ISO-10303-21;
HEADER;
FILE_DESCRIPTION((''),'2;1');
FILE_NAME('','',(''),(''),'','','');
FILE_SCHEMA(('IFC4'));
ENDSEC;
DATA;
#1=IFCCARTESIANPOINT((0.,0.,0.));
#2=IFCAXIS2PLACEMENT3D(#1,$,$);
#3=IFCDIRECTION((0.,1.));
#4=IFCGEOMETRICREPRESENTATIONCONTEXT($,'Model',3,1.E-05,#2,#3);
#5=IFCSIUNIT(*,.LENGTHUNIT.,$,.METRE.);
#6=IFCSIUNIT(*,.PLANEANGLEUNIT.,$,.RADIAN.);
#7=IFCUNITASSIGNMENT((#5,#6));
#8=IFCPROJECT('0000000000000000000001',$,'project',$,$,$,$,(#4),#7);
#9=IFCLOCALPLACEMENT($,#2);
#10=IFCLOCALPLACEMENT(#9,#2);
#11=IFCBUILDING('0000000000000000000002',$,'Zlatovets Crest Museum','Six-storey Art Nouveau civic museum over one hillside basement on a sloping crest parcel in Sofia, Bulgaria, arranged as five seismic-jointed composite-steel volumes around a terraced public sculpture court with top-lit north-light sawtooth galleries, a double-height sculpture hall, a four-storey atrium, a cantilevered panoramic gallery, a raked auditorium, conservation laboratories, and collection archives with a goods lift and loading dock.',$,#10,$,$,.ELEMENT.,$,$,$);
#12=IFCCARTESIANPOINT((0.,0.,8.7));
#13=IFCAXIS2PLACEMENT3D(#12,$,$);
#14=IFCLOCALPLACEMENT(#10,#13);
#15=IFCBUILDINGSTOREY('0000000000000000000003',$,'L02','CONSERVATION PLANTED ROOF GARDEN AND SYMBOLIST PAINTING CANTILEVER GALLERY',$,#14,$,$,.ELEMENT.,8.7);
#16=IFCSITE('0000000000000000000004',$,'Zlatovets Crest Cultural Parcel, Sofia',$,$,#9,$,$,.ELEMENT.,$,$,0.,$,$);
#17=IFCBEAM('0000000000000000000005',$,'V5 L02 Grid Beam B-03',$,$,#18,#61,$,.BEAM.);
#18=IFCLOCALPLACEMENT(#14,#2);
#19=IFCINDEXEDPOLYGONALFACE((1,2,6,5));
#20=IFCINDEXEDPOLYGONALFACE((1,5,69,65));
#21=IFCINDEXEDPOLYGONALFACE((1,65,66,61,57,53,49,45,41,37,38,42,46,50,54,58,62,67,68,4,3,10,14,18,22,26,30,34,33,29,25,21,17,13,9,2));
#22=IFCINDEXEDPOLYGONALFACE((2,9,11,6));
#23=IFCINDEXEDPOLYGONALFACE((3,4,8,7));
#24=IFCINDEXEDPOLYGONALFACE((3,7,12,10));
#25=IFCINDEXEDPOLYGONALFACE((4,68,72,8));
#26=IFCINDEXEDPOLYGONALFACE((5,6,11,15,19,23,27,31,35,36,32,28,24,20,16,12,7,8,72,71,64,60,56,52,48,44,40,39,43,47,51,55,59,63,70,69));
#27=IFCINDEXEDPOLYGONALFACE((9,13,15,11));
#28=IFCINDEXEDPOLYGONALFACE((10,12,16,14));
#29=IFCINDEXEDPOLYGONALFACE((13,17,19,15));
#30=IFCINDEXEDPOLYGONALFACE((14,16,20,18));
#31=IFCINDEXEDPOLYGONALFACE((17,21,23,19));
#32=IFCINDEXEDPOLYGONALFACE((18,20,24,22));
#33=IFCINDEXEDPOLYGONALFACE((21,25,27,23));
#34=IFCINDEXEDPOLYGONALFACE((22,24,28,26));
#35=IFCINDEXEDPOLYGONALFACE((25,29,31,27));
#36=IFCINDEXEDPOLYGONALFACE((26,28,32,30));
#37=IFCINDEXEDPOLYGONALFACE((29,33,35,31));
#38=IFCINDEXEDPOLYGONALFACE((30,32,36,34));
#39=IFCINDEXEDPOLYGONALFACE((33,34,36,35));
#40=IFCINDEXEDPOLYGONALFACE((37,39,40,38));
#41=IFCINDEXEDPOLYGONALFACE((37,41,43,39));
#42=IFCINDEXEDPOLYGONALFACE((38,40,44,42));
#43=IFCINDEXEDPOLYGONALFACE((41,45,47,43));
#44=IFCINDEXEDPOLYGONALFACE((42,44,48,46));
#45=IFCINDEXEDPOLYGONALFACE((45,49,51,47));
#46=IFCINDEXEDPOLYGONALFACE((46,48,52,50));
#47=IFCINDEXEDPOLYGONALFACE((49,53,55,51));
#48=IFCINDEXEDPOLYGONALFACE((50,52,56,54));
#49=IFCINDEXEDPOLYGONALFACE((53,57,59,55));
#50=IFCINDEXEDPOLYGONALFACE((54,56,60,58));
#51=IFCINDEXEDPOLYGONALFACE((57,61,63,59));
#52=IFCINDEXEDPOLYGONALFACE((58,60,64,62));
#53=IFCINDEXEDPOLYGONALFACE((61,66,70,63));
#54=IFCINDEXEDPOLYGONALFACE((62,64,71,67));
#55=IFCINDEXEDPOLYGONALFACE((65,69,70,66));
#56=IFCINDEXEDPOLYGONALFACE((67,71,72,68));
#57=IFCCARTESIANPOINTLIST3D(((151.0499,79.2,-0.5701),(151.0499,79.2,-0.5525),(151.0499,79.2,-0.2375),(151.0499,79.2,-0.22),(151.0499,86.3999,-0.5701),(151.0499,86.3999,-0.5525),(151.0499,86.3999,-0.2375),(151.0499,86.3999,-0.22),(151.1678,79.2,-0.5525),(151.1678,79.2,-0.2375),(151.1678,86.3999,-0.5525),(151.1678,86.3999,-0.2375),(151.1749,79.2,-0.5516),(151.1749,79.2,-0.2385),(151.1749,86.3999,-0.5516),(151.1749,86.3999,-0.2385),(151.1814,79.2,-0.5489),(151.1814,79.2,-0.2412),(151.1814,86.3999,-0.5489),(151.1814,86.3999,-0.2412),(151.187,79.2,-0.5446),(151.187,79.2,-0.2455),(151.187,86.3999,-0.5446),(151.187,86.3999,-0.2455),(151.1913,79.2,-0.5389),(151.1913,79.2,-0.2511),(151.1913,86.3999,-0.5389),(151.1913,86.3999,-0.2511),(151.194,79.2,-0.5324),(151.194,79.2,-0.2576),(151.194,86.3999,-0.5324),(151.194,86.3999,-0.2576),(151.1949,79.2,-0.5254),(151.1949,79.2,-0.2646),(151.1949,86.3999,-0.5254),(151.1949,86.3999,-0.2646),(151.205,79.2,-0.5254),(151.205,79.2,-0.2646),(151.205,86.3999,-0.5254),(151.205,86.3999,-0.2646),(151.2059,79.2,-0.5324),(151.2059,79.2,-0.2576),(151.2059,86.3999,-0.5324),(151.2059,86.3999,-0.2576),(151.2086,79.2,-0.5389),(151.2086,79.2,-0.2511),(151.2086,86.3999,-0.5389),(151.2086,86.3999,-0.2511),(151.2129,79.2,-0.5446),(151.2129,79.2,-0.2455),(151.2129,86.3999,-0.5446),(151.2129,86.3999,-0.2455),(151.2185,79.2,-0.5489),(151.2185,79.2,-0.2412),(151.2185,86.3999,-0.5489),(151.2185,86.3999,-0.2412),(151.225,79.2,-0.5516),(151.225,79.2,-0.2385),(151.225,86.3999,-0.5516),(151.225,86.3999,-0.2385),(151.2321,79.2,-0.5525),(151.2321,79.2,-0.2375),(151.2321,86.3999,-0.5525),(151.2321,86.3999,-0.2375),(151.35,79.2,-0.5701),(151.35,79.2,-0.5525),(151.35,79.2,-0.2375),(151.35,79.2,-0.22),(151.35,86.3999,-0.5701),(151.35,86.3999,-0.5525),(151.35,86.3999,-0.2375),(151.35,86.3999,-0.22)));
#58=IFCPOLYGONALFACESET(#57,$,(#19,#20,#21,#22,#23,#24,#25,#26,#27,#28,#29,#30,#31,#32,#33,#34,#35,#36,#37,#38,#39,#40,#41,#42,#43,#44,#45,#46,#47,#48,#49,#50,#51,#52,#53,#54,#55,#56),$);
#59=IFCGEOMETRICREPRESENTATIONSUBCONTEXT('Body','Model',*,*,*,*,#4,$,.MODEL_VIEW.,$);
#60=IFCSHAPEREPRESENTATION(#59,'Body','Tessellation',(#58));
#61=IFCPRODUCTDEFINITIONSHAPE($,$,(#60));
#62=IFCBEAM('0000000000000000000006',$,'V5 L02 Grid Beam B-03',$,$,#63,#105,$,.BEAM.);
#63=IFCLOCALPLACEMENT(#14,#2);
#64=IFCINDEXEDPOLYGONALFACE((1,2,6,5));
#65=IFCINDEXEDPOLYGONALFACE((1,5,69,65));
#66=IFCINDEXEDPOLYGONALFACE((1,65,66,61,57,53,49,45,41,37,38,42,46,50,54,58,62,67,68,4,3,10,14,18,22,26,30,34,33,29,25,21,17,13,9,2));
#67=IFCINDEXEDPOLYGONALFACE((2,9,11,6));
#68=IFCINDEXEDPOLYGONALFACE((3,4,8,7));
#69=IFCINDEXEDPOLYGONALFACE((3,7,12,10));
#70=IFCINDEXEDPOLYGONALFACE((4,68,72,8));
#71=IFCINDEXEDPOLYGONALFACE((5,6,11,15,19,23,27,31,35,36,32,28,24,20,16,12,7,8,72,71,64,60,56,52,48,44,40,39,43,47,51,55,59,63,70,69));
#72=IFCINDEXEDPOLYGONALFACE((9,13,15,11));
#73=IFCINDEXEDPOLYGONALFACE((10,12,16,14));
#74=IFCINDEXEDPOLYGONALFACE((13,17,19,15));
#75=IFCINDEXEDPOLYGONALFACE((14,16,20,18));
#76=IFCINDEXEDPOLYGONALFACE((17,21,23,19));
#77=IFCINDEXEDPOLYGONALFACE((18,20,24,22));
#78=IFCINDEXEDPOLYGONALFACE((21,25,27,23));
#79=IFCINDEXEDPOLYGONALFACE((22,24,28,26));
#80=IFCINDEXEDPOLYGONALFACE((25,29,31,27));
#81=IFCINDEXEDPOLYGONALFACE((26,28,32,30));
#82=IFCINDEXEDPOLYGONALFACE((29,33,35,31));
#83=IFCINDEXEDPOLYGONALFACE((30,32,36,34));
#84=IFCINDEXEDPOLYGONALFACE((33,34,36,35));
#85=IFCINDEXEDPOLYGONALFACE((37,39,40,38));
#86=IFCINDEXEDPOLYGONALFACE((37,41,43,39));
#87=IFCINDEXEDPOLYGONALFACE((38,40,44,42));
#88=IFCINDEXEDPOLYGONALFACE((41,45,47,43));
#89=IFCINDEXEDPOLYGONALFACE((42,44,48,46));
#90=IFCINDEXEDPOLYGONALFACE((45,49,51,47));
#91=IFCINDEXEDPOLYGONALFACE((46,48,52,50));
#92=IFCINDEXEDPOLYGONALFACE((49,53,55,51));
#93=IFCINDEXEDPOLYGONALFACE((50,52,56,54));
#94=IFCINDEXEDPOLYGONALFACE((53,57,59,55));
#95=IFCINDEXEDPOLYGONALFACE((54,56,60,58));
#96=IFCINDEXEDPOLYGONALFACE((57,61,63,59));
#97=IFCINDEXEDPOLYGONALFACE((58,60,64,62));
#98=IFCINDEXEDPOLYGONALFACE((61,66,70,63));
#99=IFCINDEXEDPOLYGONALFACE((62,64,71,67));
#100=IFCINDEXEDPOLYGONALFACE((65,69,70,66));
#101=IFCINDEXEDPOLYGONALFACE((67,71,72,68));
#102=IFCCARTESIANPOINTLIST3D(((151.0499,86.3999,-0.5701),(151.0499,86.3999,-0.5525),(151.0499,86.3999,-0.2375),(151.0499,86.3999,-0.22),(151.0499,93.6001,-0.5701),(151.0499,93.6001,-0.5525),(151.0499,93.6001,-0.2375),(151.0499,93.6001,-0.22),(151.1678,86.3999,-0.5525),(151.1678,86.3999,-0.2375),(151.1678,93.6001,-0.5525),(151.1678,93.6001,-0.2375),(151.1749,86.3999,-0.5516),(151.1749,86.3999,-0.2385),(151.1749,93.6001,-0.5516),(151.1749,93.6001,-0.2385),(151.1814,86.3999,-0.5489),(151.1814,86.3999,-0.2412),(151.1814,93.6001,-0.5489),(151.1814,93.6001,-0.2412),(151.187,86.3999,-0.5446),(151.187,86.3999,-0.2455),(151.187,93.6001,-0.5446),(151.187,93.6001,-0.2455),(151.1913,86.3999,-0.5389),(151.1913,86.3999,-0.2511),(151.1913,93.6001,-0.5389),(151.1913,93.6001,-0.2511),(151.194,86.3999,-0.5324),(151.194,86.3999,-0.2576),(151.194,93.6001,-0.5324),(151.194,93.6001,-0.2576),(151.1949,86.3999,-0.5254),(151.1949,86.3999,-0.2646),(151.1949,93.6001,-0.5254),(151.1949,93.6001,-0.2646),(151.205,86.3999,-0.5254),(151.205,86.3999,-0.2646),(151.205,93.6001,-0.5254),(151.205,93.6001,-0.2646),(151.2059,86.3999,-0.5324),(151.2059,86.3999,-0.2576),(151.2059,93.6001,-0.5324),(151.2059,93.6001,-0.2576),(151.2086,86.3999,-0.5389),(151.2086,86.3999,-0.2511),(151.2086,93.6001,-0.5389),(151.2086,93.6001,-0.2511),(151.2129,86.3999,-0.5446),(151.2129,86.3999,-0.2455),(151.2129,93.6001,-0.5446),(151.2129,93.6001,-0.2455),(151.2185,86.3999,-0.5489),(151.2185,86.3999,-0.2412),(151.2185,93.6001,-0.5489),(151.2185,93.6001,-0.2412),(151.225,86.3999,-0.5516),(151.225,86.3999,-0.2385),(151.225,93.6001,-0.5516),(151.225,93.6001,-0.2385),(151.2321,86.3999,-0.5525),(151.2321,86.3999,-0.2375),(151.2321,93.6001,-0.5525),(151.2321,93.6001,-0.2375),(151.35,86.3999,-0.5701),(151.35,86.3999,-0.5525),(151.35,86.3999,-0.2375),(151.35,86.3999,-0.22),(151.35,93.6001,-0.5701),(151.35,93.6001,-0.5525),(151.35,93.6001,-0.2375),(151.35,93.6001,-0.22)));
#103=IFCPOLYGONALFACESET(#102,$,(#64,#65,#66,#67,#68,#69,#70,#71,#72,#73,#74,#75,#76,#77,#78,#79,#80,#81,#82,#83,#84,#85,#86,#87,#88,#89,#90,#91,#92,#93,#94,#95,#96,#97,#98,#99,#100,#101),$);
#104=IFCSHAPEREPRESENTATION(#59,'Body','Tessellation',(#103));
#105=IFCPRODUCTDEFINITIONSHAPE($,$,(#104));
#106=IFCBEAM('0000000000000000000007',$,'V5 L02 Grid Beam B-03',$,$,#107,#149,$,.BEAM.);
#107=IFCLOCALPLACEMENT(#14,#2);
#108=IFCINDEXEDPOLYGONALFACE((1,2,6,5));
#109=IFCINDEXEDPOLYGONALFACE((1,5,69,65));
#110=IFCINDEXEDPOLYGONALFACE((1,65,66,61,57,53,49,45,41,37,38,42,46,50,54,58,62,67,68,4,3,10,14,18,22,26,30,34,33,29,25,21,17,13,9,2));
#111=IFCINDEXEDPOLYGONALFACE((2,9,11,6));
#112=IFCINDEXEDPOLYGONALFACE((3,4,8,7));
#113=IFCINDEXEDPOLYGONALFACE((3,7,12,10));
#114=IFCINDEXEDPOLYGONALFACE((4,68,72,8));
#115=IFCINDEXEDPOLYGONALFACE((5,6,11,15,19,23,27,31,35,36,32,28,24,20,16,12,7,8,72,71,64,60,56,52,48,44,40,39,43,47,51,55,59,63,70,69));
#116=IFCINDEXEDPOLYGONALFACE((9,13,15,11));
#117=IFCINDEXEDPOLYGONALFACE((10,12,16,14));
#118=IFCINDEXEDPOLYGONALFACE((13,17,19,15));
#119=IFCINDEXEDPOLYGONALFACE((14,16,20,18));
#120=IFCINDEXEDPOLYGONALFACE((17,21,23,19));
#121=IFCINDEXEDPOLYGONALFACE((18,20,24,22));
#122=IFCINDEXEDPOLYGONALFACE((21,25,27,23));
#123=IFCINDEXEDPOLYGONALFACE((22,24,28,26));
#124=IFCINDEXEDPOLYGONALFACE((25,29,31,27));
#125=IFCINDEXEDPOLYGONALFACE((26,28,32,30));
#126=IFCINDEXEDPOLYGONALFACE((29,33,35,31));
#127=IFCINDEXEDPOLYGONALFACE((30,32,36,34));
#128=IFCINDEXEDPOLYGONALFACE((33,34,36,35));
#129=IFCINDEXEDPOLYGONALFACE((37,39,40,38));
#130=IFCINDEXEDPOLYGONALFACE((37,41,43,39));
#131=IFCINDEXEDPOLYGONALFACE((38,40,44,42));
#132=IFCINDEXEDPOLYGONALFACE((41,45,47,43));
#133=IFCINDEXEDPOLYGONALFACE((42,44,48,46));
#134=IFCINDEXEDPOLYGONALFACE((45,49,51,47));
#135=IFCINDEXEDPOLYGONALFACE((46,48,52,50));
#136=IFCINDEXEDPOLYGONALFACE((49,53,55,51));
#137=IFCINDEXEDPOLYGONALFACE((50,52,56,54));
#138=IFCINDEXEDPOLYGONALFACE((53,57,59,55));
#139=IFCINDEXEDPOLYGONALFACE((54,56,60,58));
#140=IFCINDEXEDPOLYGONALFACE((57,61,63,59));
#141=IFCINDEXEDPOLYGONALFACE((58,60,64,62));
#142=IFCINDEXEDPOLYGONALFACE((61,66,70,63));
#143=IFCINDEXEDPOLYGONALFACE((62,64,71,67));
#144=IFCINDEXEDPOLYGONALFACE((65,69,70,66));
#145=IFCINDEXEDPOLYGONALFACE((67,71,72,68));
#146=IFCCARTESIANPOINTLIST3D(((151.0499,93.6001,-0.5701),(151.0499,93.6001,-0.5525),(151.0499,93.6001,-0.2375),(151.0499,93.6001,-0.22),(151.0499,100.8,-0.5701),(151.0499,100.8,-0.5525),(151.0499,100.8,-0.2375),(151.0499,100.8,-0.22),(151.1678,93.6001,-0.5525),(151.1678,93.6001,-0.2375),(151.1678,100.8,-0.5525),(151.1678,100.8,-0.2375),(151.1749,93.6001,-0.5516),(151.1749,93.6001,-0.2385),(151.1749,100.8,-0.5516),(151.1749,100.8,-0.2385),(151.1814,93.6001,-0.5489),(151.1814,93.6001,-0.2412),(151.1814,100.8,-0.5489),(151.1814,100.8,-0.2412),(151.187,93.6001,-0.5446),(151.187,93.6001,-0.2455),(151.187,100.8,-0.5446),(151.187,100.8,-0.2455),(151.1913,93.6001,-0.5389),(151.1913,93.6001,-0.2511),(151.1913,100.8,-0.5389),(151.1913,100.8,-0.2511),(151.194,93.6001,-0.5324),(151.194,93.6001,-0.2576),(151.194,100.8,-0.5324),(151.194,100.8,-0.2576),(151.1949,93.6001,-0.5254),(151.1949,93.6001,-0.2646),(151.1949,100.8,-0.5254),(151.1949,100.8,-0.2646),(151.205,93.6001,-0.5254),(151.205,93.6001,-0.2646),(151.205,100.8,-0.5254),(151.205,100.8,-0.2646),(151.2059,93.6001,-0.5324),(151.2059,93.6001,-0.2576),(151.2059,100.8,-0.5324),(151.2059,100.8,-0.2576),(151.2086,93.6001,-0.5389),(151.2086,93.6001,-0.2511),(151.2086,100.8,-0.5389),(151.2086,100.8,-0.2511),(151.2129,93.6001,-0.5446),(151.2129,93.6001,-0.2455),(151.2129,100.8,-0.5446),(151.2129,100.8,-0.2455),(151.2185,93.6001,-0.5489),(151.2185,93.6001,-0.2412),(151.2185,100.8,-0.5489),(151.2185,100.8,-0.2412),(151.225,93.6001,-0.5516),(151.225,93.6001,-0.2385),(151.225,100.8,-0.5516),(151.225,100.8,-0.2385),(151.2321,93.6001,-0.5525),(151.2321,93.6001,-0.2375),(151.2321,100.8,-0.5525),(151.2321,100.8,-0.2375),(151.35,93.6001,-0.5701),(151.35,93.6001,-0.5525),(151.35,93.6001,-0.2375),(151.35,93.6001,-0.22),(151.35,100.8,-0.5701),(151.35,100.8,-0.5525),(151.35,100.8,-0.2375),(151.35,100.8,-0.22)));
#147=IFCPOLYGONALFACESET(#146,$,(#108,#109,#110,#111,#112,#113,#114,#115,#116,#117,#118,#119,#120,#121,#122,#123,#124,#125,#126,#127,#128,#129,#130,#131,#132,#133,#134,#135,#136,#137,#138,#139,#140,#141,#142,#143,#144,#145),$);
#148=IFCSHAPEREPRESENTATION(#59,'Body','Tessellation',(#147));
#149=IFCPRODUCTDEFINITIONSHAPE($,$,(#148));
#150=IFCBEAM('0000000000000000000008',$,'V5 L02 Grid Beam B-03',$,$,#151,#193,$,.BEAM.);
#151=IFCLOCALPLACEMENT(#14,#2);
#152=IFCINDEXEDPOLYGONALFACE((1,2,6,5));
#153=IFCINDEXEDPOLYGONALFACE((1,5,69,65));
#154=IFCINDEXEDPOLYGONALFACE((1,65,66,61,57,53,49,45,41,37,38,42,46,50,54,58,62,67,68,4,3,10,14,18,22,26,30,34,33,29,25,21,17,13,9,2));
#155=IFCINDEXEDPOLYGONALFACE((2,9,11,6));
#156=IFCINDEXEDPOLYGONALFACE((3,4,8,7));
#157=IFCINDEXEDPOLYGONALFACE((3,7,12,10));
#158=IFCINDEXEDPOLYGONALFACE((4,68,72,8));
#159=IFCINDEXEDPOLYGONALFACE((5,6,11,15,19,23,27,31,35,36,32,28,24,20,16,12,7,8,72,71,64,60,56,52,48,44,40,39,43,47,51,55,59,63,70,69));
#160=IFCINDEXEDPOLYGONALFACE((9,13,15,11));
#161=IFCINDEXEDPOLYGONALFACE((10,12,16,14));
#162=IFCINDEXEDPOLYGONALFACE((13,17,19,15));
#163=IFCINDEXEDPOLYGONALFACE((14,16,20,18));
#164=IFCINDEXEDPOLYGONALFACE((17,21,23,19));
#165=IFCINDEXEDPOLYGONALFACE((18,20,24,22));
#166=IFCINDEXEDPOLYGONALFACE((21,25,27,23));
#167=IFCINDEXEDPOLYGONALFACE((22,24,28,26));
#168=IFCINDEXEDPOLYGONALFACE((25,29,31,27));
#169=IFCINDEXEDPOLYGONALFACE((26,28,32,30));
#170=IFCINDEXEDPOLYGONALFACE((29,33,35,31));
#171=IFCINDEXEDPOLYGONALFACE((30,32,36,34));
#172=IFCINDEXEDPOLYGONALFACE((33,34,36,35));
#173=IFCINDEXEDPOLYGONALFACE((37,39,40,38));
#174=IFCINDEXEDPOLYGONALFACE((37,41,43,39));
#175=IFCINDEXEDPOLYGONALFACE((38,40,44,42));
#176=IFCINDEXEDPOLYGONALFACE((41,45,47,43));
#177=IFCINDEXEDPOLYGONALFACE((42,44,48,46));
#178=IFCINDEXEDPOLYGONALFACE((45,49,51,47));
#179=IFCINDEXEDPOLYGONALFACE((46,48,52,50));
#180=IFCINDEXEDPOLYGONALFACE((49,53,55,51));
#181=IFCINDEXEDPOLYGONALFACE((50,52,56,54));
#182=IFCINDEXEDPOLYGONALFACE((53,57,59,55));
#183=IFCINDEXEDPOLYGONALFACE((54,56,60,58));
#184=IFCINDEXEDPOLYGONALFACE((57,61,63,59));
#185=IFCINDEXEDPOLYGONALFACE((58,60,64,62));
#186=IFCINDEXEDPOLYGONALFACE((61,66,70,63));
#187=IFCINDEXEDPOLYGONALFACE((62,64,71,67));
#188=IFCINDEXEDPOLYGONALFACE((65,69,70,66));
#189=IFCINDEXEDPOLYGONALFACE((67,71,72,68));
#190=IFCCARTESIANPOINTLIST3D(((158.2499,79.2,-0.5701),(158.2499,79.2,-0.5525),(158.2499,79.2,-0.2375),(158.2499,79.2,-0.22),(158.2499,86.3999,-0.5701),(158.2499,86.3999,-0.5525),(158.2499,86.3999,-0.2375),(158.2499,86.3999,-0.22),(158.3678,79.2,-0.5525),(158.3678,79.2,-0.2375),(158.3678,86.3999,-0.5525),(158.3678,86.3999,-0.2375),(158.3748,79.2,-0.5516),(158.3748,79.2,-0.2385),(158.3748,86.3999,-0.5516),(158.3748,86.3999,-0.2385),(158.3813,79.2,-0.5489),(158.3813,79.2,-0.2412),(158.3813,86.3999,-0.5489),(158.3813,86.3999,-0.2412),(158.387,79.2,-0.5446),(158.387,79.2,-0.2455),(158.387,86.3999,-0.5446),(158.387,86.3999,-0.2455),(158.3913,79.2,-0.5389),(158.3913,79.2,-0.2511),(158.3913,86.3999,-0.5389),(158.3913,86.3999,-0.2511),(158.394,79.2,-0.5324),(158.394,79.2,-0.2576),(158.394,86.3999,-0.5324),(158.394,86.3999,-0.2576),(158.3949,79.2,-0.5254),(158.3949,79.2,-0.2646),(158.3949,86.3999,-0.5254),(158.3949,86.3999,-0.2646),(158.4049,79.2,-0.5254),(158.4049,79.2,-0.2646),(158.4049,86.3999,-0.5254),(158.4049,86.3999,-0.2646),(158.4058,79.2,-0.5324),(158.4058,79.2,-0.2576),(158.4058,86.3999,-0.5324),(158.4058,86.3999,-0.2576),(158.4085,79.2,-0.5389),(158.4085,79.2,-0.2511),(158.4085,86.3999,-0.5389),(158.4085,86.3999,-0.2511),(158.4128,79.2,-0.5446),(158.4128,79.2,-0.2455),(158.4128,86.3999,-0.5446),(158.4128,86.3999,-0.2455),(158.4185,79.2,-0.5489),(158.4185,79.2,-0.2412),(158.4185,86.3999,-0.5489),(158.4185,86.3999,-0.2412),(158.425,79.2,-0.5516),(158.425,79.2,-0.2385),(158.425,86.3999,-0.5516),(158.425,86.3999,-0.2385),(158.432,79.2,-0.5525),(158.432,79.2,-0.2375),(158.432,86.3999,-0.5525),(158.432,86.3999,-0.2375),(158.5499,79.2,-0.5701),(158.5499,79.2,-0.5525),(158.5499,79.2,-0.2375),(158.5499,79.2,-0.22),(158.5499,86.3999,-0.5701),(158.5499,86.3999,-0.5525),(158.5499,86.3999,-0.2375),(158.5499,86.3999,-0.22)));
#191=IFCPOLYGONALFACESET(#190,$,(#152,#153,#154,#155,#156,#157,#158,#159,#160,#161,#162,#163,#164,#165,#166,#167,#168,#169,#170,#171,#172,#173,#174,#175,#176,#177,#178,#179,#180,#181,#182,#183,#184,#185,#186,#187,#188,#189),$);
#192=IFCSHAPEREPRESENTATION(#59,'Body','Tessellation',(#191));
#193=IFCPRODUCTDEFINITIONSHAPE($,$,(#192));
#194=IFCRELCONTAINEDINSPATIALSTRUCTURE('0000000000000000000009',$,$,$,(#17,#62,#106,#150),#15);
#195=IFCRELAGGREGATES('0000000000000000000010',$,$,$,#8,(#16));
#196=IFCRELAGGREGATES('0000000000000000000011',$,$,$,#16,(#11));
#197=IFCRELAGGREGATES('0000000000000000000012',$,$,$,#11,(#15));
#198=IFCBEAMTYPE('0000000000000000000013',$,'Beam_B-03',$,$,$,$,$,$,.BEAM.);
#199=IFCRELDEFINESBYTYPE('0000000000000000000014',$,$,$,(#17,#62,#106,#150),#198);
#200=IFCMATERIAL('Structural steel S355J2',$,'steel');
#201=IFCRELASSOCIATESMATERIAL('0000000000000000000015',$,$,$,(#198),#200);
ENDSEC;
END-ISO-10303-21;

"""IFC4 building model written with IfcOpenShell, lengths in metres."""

from ifc_helpers import new_model, si_unit, direction, frame, origin, origin_2d, place, context, subcontext, project, spatial, i_section, extrude, material, material_profile, profile_set, type_object, element, save


model = new_model("IFC4")

# Units and contexts
model_context = context("Model", 3, precision=1e-05, world=origin(), true_north=direction((0.0, 1.0)))
body_context = subcontext(model_context, "Body", "Model", "MODEL_VIEW")
ifc_project = project(units=[si_unit("LENGTHUNIT", "METRE"), si_unit("PLANEANGLEUNIT", "RADIAN")], contexts=[model_context])

# Site, building, storey
site_placement = place(None, origin())
site = spatial("IfcSite", under=ifc_project, at=site_placement, Name="Zlatovets Crest Cultural Parcel, Sofia", CompositionType="ELEMENT", RefElevation=0.0)
building_placement = place(site_placement, origin())
building = spatial("IfcBuilding", under=site, at=building_placement, Name="Zlatovets Crest Museum", Description="Six-storey Art Nouveau civic museum over one hillside basement on a sloping crest parcel in Sofia, Bulgaria, arranged as five seismic-jointed composite-steel volumes around a terraced public sculpture court with top-lit north-light sawtooth galleries, a double-height sculpture hall, a four-storey atrium, a cantilevered panoramic gallery, a raked auditorium, conservation laboratories, and collection archives with a goods lift and loading dock.", CompositionType="ELEMENT")
storey_placement = place(building_placement, frame((0.0, 0.0, 8.7)))
storey = spatial("IfcBuildingStorey", under=building, at=storey_placement, Name="L02", Description="CONSERVATION PLANTED ROOF GARDEN AND SYMBOLIST PAINTING CANTILEVER GALLERY", CompositionType="ELEMENT", Elevation=8.7)

# Shared definitions
ifc_material = material(Name="Structural steel S355J2", Category="steel")

# Beams
ifc_material_profile_1 = material_profile(ifc_material, i_section(OverallWidth=0.3, OverallDepth=0.3501, WebThickness=0.01, FlangeThickness=0.0176, FilletRadius=0.0271, at=origin_2d()), Name="HEA 360")
ifc_profile_set_1 = profile_set([ifc_material_profile_1], Name="Structural steel S355J2")
beam_type_1 = type_object("IfcBeamType", Name="Beam_B-03", PredefinedType="BEAM", material=ifc_profile_set_1)
beam_1_placement = place(storey_placement, frame((151.2, 79.2, -0.395), z_axis=(0.0, 1.0, 0.0), x_axis=(-1.0, 0.0, 0.0)))
element("IfcBeam", 1, at=beam_1_placement, inside=storey, type_object=beam_type_1, Name="V5 L02 Grid Beam B-03", PredefinedType="BEAM", context=body_context, shape_type="SweptSolid", body=[
    extrude(i_section(OverallWidth=0.3, OverallDepth=0.3501, WebThickness=0.01, FlangeThickness=0.0176, FilletRadius=0.0271, at=origin_2d()), origin(), (0.0, 0.0, 1.0), 7.2),
])
beam_2_placement = place(storey_placement, frame((151.2, 86.3999, -0.395), z_axis=(0.0, 1.0, 0.0), x_axis=(-1.0, 0.0, 0.0)))
element("IfcBeam", 2, at=beam_2_placement, inside=storey, type_object=beam_type_1, Name="V5 L02 Grid Beam B-03", PredefinedType="BEAM", context=body_context, shape_type="SweptSolid", body=[
    extrude(i_section(OverallWidth=0.3, OverallDepth=0.3501, WebThickness=0.01, FlangeThickness=0.0176, FilletRadius=0.0271, at=origin_2d()), origin(), (0.0, 0.0, 1.0), 7.2002),
])
for number, where, z_axis, x_axis, name in (
    (3, (151.2, 93.6001, -0.395), (0.0, 1.0, 0.0), (-1.0, 0.0, 0.0), "V5 L02 Grid Beam B-03"),
    (4, (158.3999, 79.2, -0.395), (0.0, 1.0, 0.0), (-1.0, 0.0, 0.0), "V5 L02 Grid Beam B-03"),
):
    element("IfcBeam", number, at=place(storey_placement, frame(where, z_axis=z_axis, x_axis=x_axis)), inside=storey, type_object=beam_type_1, Name=name, PredefinedType="BEAM", context=body_context, shape_type="SweptSolid", body=[
        extrude(i_section(OverallWidth=0.3, OverallDepth=0.3501, WebThickness=0.01, FlangeThickness=0.0176, FilletRadius=0.0271, at=origin_2d()), origin(), (0.0, 0.0, 1.0), 7.2),
    ])

save(model, "model.ifc")
